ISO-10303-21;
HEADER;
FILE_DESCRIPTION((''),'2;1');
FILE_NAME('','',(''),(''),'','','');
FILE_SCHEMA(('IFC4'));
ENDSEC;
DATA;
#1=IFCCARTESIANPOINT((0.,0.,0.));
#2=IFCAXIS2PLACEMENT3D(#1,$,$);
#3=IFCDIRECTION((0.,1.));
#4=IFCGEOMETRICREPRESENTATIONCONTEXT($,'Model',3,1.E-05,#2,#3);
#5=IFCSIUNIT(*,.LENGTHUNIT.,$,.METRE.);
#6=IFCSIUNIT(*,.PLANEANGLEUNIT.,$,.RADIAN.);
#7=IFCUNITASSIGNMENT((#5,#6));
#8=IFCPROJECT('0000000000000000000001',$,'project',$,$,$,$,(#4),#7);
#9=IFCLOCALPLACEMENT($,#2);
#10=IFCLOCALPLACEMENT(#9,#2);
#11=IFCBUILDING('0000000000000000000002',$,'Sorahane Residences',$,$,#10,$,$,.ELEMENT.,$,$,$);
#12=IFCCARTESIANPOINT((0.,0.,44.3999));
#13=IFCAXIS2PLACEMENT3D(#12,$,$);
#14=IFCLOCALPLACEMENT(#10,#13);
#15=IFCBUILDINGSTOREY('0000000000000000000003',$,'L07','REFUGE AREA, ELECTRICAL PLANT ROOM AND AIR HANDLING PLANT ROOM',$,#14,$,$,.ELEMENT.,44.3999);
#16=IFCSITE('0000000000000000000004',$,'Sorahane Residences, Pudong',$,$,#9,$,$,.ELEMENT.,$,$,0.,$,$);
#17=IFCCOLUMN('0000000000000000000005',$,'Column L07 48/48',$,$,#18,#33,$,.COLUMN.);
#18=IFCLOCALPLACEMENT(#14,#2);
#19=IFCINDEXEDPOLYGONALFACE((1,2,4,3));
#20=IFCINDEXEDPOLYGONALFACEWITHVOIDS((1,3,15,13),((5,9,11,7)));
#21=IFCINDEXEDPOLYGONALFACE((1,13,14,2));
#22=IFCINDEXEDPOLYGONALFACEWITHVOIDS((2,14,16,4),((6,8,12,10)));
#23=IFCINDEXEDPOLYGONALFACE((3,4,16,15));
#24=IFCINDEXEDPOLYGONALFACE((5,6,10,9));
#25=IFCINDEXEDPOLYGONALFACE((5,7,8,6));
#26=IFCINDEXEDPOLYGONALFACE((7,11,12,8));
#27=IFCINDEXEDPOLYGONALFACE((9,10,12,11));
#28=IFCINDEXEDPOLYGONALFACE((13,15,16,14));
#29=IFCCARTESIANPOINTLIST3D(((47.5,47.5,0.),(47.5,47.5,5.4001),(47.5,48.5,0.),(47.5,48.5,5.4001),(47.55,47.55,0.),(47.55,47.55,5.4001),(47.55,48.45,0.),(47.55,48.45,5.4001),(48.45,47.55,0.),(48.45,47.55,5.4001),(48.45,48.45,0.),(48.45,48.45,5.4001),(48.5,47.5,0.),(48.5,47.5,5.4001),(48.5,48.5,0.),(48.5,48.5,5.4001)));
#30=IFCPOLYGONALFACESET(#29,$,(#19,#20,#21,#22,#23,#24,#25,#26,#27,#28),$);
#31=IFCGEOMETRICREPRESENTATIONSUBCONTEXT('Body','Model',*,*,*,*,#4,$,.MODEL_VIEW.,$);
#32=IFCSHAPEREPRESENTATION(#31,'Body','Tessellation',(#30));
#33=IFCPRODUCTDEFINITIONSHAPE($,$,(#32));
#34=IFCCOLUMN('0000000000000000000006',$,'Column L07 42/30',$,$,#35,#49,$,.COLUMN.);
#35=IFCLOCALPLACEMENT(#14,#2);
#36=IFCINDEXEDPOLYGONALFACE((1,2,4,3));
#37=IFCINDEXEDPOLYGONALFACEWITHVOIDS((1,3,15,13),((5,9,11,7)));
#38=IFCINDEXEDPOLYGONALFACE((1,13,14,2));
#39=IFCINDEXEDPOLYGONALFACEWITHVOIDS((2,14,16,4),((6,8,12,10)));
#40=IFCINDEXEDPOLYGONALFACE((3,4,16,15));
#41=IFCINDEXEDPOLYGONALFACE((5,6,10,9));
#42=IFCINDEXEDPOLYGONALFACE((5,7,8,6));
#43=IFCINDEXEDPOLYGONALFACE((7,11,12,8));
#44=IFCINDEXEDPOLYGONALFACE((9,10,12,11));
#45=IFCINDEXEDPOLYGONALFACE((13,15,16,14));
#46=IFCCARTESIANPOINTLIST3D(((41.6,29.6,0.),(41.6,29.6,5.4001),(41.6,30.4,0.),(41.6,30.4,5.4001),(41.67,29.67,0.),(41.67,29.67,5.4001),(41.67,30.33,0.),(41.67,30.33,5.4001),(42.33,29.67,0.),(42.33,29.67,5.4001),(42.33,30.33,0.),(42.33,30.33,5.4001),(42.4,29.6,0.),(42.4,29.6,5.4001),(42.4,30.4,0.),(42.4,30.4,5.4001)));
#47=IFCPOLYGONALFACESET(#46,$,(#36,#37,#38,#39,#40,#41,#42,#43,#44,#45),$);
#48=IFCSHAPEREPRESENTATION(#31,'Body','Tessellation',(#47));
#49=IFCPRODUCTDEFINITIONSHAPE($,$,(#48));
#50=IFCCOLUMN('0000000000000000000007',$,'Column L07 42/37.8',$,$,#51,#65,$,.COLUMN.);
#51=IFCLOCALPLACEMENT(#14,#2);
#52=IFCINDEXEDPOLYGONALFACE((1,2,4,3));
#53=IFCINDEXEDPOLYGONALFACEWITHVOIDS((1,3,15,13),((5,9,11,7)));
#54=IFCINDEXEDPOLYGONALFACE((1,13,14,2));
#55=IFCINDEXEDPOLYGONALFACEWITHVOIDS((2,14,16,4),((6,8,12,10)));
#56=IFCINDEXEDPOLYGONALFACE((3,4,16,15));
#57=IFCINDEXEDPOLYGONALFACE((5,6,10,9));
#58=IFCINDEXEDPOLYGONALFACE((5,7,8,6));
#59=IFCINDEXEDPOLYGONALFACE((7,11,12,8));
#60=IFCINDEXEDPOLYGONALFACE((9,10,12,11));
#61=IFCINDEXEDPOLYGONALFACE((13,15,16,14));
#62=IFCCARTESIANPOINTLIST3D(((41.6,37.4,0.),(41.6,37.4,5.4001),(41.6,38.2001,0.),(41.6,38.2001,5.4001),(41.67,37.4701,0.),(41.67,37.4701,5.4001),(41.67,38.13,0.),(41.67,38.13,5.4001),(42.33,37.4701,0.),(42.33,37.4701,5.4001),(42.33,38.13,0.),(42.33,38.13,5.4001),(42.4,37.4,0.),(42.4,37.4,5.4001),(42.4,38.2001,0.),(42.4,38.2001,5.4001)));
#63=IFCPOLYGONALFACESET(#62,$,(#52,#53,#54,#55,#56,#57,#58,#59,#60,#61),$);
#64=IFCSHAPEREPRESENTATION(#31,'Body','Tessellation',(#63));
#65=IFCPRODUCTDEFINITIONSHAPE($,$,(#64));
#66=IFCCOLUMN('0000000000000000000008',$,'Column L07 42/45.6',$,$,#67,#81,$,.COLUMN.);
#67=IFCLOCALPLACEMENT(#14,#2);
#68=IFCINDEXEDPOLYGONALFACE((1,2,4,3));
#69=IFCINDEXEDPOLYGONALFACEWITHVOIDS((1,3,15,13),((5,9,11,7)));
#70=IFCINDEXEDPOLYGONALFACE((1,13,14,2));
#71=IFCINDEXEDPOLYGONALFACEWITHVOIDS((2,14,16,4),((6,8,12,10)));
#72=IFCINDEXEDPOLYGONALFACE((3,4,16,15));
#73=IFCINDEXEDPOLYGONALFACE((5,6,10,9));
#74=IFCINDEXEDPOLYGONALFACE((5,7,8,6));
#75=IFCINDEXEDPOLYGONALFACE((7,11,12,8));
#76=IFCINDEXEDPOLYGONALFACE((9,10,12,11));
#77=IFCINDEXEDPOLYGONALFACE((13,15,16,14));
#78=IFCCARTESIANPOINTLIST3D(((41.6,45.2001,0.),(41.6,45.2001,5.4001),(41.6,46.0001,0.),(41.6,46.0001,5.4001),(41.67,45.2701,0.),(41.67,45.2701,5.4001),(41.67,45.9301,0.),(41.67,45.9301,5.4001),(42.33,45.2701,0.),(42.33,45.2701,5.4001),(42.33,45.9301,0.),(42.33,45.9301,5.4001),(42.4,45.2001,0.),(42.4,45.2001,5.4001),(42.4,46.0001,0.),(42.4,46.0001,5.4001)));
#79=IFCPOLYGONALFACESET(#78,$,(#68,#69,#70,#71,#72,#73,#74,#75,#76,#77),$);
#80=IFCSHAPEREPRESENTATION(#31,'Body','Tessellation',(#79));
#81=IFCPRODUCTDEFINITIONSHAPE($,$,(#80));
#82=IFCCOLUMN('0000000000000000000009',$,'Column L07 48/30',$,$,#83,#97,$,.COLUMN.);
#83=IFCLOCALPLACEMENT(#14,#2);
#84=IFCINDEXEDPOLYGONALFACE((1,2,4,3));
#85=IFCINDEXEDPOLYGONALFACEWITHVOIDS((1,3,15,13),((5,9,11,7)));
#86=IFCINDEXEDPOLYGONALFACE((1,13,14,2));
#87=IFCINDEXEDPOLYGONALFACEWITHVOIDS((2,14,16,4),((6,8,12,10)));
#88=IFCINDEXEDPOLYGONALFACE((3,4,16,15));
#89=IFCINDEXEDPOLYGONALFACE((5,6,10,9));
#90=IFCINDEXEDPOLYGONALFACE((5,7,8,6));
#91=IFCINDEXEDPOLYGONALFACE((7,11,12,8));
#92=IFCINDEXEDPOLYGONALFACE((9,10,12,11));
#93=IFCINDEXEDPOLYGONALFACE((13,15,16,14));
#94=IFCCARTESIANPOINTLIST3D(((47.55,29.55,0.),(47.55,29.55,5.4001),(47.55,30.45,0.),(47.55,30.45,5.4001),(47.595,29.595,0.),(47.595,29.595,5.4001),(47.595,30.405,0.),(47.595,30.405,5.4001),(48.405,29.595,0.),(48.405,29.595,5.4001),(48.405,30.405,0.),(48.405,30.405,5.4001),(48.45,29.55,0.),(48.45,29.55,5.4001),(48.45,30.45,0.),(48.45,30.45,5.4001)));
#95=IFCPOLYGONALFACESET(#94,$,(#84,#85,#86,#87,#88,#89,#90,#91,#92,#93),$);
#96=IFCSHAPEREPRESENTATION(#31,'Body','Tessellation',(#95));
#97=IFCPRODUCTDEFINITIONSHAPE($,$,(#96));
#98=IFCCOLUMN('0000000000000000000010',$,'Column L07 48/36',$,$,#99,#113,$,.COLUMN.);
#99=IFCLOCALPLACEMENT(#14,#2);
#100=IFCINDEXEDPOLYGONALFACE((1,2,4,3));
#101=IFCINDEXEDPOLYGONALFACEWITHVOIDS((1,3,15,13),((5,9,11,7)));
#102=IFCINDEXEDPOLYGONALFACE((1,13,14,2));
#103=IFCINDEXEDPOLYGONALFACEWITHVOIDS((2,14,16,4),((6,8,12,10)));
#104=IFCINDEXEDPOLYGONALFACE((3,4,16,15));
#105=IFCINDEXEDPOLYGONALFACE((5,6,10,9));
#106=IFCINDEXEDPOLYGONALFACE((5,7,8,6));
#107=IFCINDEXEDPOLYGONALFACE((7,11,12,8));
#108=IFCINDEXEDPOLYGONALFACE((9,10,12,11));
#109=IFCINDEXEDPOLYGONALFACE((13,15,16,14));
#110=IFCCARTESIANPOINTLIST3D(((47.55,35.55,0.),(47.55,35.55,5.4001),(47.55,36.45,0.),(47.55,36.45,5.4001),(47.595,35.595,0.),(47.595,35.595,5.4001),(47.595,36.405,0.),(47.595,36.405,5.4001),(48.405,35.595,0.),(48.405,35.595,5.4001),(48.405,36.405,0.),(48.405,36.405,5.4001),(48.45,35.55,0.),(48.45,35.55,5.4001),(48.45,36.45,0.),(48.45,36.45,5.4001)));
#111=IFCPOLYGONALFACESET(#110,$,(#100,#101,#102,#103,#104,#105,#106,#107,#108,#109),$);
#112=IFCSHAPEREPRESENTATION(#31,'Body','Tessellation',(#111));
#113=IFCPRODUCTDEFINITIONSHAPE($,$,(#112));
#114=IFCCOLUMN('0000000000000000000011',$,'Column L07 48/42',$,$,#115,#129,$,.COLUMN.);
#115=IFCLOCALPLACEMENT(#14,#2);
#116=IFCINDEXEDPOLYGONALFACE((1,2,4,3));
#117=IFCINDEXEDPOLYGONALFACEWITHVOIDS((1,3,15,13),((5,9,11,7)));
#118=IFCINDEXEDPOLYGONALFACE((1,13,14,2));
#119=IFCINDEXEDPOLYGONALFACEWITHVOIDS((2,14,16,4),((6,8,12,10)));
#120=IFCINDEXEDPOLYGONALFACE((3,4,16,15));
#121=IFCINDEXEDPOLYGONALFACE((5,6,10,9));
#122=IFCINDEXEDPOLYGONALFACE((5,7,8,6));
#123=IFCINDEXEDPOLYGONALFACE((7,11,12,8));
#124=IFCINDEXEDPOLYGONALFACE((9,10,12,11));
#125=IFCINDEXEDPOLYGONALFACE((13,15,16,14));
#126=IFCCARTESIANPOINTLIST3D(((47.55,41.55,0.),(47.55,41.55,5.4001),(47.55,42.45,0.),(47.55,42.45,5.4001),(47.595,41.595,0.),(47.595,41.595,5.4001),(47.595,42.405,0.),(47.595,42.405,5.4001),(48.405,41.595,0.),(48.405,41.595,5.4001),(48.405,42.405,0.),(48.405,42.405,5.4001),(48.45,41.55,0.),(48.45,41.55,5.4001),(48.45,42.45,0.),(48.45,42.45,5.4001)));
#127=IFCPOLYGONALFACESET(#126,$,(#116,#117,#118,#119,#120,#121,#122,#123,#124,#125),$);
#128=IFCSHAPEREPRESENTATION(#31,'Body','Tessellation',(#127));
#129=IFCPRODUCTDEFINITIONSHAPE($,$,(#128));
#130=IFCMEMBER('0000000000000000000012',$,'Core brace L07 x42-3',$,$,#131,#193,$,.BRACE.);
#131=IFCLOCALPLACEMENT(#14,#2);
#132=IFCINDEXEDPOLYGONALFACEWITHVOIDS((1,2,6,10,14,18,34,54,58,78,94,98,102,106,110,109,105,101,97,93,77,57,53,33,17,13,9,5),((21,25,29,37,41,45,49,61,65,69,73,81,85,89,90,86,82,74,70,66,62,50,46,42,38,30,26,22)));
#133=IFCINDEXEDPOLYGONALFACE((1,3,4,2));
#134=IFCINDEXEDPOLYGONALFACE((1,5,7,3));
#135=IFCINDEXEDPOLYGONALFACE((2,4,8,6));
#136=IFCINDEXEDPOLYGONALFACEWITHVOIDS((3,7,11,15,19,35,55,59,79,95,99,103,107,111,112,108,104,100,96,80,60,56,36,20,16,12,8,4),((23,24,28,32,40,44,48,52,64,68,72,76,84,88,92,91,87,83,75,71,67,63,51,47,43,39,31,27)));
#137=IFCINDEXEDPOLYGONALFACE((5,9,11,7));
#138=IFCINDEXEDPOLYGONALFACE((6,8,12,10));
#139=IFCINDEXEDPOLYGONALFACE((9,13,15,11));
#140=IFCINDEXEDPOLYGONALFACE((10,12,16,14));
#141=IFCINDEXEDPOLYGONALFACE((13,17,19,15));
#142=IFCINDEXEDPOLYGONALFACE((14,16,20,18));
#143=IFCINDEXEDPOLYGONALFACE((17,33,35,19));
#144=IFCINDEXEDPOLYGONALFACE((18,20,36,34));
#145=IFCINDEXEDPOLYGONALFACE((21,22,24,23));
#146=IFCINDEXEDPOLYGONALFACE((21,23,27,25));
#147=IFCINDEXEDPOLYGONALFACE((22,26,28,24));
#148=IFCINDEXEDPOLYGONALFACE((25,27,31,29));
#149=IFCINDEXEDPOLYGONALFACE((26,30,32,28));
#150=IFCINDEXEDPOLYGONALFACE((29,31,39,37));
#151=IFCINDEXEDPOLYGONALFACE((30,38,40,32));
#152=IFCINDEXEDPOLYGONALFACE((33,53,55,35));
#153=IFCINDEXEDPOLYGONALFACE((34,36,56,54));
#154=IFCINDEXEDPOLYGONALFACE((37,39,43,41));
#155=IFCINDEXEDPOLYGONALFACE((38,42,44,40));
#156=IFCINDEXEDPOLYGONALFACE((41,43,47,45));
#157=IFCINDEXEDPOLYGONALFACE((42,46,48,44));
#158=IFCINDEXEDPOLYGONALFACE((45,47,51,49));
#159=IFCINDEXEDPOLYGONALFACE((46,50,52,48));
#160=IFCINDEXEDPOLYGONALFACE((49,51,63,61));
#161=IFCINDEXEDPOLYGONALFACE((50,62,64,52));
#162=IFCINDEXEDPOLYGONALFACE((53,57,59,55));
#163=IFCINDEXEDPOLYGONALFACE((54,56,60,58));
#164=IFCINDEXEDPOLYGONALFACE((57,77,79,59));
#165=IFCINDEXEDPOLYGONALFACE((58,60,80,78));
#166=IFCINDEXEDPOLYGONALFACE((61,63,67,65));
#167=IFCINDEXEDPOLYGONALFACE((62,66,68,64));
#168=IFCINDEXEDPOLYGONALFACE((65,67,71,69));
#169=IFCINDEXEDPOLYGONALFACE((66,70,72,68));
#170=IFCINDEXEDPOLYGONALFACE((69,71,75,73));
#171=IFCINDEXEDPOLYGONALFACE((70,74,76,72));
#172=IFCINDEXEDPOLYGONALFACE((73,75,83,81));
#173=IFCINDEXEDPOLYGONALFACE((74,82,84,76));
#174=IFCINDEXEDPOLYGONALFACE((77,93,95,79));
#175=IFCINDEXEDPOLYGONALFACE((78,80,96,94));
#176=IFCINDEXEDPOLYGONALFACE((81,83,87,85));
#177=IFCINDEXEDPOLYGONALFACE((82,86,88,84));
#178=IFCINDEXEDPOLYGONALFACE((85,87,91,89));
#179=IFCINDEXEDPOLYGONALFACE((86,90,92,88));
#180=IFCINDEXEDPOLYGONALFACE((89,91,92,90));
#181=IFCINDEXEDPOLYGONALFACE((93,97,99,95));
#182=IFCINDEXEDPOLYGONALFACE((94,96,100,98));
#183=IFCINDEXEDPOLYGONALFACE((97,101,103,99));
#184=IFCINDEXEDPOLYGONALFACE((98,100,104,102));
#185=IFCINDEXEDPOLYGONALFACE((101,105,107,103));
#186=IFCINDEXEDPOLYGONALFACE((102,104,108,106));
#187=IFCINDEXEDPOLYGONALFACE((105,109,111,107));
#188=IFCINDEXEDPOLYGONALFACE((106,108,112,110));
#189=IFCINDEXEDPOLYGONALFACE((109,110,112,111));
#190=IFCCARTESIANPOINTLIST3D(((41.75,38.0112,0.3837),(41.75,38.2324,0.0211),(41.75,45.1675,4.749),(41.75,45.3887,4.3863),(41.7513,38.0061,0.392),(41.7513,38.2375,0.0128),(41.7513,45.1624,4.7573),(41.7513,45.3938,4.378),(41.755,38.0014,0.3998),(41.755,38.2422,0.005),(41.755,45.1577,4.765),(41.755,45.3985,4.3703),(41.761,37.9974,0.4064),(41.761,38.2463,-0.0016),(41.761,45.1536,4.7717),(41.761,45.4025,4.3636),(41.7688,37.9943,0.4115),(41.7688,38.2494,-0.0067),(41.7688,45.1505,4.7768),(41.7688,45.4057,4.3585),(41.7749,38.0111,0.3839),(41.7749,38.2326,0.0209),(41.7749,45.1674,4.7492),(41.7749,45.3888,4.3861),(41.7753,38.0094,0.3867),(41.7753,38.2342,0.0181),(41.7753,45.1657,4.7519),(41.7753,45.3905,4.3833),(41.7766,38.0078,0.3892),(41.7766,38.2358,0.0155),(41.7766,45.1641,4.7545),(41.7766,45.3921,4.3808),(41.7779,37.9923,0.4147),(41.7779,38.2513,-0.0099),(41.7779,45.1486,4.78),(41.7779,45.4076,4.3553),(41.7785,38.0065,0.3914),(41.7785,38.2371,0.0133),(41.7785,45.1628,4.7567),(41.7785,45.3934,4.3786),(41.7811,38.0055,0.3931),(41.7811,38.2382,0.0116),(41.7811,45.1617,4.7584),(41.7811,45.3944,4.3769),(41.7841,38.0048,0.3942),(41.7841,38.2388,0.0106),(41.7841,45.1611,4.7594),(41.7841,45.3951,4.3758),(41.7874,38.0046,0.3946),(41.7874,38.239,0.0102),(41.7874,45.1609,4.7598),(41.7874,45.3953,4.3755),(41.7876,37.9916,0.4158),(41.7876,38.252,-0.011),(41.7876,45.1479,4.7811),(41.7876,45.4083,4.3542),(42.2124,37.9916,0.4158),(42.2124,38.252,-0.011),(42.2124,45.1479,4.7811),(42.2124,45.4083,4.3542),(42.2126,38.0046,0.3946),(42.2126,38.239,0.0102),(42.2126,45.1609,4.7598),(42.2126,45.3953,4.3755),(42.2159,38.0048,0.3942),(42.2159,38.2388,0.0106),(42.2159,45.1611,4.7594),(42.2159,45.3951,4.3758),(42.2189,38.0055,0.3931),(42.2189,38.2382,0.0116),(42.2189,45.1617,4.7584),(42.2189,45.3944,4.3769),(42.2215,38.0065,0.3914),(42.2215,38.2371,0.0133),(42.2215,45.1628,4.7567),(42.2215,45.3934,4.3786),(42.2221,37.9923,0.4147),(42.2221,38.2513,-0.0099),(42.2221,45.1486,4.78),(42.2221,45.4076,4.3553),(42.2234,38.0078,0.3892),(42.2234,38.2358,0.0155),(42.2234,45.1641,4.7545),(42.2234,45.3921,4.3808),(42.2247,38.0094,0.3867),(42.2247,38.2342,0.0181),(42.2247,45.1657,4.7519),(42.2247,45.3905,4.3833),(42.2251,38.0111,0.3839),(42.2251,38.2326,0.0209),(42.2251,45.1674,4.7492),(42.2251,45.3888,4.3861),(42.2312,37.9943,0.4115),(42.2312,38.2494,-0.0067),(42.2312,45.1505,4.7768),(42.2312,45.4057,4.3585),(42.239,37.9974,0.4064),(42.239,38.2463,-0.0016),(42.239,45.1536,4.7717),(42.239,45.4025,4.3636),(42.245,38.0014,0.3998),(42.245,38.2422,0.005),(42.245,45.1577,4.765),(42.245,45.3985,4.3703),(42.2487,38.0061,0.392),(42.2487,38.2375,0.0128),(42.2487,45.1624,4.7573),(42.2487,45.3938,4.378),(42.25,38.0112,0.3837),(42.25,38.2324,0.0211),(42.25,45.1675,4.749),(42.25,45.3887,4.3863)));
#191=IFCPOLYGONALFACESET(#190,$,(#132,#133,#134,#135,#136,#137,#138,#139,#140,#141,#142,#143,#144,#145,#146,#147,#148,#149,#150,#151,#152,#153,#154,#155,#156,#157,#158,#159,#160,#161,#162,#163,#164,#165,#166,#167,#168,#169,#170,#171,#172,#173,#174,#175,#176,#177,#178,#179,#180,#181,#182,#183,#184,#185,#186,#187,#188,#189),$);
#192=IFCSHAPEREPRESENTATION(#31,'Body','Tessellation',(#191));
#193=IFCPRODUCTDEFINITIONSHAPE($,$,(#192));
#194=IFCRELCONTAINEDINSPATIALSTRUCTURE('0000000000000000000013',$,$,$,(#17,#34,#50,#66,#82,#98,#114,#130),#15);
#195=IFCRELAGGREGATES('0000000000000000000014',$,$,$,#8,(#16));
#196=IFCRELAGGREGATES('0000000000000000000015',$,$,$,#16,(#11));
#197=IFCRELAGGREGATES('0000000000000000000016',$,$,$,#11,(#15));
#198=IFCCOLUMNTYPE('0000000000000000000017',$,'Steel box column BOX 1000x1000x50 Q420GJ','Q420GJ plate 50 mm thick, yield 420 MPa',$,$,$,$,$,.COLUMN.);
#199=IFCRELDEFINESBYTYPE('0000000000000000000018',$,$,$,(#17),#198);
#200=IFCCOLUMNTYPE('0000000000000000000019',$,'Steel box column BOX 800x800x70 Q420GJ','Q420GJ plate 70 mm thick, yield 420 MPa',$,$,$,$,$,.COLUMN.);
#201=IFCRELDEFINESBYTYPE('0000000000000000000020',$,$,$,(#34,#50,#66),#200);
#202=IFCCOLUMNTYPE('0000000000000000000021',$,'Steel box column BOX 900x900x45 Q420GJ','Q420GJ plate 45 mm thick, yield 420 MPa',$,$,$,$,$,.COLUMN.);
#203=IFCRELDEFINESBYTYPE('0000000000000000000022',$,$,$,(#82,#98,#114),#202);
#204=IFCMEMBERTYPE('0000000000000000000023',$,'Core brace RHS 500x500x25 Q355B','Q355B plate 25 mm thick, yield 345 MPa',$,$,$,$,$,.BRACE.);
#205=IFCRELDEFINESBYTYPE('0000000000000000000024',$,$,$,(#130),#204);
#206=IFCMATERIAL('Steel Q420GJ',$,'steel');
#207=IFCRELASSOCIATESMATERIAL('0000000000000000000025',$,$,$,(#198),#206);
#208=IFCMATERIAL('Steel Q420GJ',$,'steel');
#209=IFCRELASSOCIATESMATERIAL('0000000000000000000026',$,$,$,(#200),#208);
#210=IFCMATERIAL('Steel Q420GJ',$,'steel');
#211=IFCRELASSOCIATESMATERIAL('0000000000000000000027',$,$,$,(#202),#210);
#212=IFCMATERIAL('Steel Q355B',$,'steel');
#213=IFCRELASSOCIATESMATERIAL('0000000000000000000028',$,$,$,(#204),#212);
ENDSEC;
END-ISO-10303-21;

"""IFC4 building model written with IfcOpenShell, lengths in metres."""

from ifc_helpers import new_model, si_unit, direction, frame, origin, origin_2d, place, context, subcontext, project, spatial, hollow_rectangle, extrude, material, material_profile, profile_set, type_object, element, save


model = new_model("IFC4")

# Units and contexts
model_context = context("Model", 3, precision=1e-05, world=origin(), true_north=direction((0.0, 1.0)))
body_context = subcontext(model_context, "Body", "Model", "MODEL_VIEW")
ifc_project = project(units=[si_unit("LENGTHUNIT", "METRE"), si_unit("PLANEANGLEUNIT", "RADIAN")], contexts=[model_context])

# Site, building, storey
site_placement = place(None, origin())
site = spatial("IfcSite", under=ifc_project, at=site_placement, Name="Sorahane Residences, Pudong", CompositionType="ELEMENT", RefElevation=0.0)
building_placement = place(site_placement, origin())
building = spatial("IfcBuilding", under=site, at=building_placement, Name="Sorahane Residences", CompositionType="ELEMENT")
storey_placement = place(building_placement, frame((0.0, 0.0, 44.3999)))
storey = spatial("IfcBuildingStorey", under=building, at=storey_placement, Name="L07", Description="REFUGE AREA, ELECTRICAL PLANT ROOM AND AIR HANDLING PLANT ROOM", CompositionType="ELEMENT", Elevation=44.3999)

# Columns
ifc_material_1 = material(Name="Steel Q420GJ", Category="steel")
ifc_material_profile_1 = material_profile(ifc_material_1, hollow_rectangle(XDim=1.0, YDim=1.0, WallThickness=0.05, at=origin_2d()), Name="BOX 1000x1000x50")
ifc_profile_set_1 = profile_set([ifc_material_profile_1], Name="Steel Q420GJ")
column_type_1 = type_object("IfcColumnType", Name="Steel box column BOX 1000x1000x50 Q420GJ", Description="Q420GJ plate 50 mm thick, yield 420 MPa", PredefinedType="COLUMN", material=ifc_profile_set_1)
column_placement = place(storey_placement, frame((48.0, 48.0, 0.0), z_axis=(0.0, 0.0, 1.0), x_axis=(1.0, 0.0, 0.0)))
element("IfcColumn", 1, at=column_placement, inside=storey, type_object=column_type_1, Name="Column L07 48/48", PredefinedType="COLUMN", context=body_context, shape_type="SweptSolid", body=[
    extrude(hollow_rectangle(XDim=1.0, YDim=1.0, WallThickness=0.05, at=origin_2d()), origin(), (0.0, 0.0, 1.0), 5.4001),
])
ifc_material_2 = material(Name="Steel Q420GJ", Category="steel")
ifc_material_profile_2 = material_profile(ifc_material_2, hollow_rectangle(XDim=0.8, YDim=0.8, WallThickness=0.0701, at=origin_2d()), Name="BOX 800x800x70")
ifc_profile_set_2 = profile_set([ifc_material_profile_2], Name="Steel Q420GJ")
column_type_2 = type_object("IfcColumnType", Name="Steel box column BOX 800x800x70 Q420GJ", Description="Q420GJ plate 70 mm thick, yield 420 MPa", PredefinedType="COLUMN", material=ifc_profile_set_2)
for number, where, z_axis, x_axis, name in (
    (2, (42.0, 30.0, 0.0), (0.0, 0.0, 1.0), (1.0, 0.0, 0.0), "Column L07 42/30"),
    (3, (42.0, 37.8, 0.0), (0.0, 0.0, 1.0), (1.0, 0.0, 0.0), "Column L07 42/37.8"),
    (4, (42.0, 45.6001, 0.0), (0.0, 0.0, 1.0), (1.0, 0.0, 0.0), "Column L07 42/45.6"),
):
    element("IfcColumn", number, at=place(storey_placement, frame(where, z_axis=z_axis, x_axis=x_axis)), inside=storey, type_object=column_type_2, Name=name, PredefinedType="COLUMN", context=body_context, shape_type="SweptSolid", body=[
        extrude(hollow_rectangle(XDim=0.8, YDim=0.8, WallThickness=0.0701, at=origin_2d()), origin(), (0.0, 0.0, 1.0), 5.4001),
    ])
ifc_material_3 = material(Name="Steel Q420GJ", Category="steel")
ifc_material_profile_3 = material_profile(ifc_material_3, hollow_rectangle(XDim=0.8999, YDim=0.8999, WallThickness=0.0449, at=origin_2d()), Name="BOX 900x900x45")
ifc_profile_set_3 = profile_set([ifc_material_profile_3], Name="Steel Q420GJ")
column_type_3 = type_object("IfcColumnType", Name="Steel box column BOX 900x900x45 Q420GJ", Description="Q420GJ plate 45 mm thick, yield 420 MPa", PredefinedType="COLUMN", material=ifc_profile_set_3)
for number, where, z_axis, x_axis, name in (
    (5, (48.0, 30.0, 0.0), (0.0, 0.0, 1.0), (1.0, 0.0, 0.0), "Column L07 48/30"),
    (6, (48.0, 36.0, 0.0), (0.0, 0.0, 1.0), (1.0, 0.0, 0.0), "Column L07 48/36"),
    (7, (48.0, 42.0, 0.0), (0.0, 0.0, 1.0), (1.0, 0.0, 0.0), "Column L07 48/42"),
):
    element("IfcColumn", number, at=place(storey_placement, frame(where, z_axis=z_axis, x_axis=x_axis)), inside=storey, type_object=column_type_3, Name=name, PredefinedType="COLUMN", context=body_context, shape_type="SweptSolid", body=[
        extrude(hollow_rectangle(XDim=0.8999, YDim=0.8999, WallThickness=0.0449, at=origin_2d()), origin(), (0.0, 0.0, 1.0), 5.4001),
    ])

# Member
ifc_material_4 = material(Name="Steel Q355B", Category="steel")
ifc_material_profile_4 = material_profile(ifc_material_4, hollow_rectangle(XDim=0.5, YDim=0.5, WallThickness=0.0249, InnerFilletRadius=0.0125, OuterFilletRadius=0.0376, at=origin_2d()), Name="RHS 500x500x25")
ifc_profile_set_4 = profile_set([ifc_material_profile_4], Name="Steel Q355B")
member_type = type_object("IfcMemberType", Name="Core brace RHS 500x500x25 Q355B", Description="Q355B plate 25 mm thick, yield 345 MPa", PredefinedType="BRACE", material=ifc_profile_set_4)
member_placement = place(storey_placement, frame((42.0, 38.1218, 0.2024), z_axis=(0.0, 0.853708, 0.520752), x_axis=(-1.0, 0.0, 0.0)))
element("IfcMember", 8, at=member_placement, inside=storey, type_object=member_type, Name="Core brace L07 x42-3", PredefinedType="BRACE", context=body_context, shape_type="SweptSolid", body=[
    extrude(hollow_rectangle(XDim=0.5, YDim=0.5, WallThickness=0.0249, InnerFilletRadius=0.0125, OuterFilletRadius=0.0376, at=origin_2d()), origin(), (0.0, 0.0, 1.0), 8.3826),
])

save(model, "model.ifc")
